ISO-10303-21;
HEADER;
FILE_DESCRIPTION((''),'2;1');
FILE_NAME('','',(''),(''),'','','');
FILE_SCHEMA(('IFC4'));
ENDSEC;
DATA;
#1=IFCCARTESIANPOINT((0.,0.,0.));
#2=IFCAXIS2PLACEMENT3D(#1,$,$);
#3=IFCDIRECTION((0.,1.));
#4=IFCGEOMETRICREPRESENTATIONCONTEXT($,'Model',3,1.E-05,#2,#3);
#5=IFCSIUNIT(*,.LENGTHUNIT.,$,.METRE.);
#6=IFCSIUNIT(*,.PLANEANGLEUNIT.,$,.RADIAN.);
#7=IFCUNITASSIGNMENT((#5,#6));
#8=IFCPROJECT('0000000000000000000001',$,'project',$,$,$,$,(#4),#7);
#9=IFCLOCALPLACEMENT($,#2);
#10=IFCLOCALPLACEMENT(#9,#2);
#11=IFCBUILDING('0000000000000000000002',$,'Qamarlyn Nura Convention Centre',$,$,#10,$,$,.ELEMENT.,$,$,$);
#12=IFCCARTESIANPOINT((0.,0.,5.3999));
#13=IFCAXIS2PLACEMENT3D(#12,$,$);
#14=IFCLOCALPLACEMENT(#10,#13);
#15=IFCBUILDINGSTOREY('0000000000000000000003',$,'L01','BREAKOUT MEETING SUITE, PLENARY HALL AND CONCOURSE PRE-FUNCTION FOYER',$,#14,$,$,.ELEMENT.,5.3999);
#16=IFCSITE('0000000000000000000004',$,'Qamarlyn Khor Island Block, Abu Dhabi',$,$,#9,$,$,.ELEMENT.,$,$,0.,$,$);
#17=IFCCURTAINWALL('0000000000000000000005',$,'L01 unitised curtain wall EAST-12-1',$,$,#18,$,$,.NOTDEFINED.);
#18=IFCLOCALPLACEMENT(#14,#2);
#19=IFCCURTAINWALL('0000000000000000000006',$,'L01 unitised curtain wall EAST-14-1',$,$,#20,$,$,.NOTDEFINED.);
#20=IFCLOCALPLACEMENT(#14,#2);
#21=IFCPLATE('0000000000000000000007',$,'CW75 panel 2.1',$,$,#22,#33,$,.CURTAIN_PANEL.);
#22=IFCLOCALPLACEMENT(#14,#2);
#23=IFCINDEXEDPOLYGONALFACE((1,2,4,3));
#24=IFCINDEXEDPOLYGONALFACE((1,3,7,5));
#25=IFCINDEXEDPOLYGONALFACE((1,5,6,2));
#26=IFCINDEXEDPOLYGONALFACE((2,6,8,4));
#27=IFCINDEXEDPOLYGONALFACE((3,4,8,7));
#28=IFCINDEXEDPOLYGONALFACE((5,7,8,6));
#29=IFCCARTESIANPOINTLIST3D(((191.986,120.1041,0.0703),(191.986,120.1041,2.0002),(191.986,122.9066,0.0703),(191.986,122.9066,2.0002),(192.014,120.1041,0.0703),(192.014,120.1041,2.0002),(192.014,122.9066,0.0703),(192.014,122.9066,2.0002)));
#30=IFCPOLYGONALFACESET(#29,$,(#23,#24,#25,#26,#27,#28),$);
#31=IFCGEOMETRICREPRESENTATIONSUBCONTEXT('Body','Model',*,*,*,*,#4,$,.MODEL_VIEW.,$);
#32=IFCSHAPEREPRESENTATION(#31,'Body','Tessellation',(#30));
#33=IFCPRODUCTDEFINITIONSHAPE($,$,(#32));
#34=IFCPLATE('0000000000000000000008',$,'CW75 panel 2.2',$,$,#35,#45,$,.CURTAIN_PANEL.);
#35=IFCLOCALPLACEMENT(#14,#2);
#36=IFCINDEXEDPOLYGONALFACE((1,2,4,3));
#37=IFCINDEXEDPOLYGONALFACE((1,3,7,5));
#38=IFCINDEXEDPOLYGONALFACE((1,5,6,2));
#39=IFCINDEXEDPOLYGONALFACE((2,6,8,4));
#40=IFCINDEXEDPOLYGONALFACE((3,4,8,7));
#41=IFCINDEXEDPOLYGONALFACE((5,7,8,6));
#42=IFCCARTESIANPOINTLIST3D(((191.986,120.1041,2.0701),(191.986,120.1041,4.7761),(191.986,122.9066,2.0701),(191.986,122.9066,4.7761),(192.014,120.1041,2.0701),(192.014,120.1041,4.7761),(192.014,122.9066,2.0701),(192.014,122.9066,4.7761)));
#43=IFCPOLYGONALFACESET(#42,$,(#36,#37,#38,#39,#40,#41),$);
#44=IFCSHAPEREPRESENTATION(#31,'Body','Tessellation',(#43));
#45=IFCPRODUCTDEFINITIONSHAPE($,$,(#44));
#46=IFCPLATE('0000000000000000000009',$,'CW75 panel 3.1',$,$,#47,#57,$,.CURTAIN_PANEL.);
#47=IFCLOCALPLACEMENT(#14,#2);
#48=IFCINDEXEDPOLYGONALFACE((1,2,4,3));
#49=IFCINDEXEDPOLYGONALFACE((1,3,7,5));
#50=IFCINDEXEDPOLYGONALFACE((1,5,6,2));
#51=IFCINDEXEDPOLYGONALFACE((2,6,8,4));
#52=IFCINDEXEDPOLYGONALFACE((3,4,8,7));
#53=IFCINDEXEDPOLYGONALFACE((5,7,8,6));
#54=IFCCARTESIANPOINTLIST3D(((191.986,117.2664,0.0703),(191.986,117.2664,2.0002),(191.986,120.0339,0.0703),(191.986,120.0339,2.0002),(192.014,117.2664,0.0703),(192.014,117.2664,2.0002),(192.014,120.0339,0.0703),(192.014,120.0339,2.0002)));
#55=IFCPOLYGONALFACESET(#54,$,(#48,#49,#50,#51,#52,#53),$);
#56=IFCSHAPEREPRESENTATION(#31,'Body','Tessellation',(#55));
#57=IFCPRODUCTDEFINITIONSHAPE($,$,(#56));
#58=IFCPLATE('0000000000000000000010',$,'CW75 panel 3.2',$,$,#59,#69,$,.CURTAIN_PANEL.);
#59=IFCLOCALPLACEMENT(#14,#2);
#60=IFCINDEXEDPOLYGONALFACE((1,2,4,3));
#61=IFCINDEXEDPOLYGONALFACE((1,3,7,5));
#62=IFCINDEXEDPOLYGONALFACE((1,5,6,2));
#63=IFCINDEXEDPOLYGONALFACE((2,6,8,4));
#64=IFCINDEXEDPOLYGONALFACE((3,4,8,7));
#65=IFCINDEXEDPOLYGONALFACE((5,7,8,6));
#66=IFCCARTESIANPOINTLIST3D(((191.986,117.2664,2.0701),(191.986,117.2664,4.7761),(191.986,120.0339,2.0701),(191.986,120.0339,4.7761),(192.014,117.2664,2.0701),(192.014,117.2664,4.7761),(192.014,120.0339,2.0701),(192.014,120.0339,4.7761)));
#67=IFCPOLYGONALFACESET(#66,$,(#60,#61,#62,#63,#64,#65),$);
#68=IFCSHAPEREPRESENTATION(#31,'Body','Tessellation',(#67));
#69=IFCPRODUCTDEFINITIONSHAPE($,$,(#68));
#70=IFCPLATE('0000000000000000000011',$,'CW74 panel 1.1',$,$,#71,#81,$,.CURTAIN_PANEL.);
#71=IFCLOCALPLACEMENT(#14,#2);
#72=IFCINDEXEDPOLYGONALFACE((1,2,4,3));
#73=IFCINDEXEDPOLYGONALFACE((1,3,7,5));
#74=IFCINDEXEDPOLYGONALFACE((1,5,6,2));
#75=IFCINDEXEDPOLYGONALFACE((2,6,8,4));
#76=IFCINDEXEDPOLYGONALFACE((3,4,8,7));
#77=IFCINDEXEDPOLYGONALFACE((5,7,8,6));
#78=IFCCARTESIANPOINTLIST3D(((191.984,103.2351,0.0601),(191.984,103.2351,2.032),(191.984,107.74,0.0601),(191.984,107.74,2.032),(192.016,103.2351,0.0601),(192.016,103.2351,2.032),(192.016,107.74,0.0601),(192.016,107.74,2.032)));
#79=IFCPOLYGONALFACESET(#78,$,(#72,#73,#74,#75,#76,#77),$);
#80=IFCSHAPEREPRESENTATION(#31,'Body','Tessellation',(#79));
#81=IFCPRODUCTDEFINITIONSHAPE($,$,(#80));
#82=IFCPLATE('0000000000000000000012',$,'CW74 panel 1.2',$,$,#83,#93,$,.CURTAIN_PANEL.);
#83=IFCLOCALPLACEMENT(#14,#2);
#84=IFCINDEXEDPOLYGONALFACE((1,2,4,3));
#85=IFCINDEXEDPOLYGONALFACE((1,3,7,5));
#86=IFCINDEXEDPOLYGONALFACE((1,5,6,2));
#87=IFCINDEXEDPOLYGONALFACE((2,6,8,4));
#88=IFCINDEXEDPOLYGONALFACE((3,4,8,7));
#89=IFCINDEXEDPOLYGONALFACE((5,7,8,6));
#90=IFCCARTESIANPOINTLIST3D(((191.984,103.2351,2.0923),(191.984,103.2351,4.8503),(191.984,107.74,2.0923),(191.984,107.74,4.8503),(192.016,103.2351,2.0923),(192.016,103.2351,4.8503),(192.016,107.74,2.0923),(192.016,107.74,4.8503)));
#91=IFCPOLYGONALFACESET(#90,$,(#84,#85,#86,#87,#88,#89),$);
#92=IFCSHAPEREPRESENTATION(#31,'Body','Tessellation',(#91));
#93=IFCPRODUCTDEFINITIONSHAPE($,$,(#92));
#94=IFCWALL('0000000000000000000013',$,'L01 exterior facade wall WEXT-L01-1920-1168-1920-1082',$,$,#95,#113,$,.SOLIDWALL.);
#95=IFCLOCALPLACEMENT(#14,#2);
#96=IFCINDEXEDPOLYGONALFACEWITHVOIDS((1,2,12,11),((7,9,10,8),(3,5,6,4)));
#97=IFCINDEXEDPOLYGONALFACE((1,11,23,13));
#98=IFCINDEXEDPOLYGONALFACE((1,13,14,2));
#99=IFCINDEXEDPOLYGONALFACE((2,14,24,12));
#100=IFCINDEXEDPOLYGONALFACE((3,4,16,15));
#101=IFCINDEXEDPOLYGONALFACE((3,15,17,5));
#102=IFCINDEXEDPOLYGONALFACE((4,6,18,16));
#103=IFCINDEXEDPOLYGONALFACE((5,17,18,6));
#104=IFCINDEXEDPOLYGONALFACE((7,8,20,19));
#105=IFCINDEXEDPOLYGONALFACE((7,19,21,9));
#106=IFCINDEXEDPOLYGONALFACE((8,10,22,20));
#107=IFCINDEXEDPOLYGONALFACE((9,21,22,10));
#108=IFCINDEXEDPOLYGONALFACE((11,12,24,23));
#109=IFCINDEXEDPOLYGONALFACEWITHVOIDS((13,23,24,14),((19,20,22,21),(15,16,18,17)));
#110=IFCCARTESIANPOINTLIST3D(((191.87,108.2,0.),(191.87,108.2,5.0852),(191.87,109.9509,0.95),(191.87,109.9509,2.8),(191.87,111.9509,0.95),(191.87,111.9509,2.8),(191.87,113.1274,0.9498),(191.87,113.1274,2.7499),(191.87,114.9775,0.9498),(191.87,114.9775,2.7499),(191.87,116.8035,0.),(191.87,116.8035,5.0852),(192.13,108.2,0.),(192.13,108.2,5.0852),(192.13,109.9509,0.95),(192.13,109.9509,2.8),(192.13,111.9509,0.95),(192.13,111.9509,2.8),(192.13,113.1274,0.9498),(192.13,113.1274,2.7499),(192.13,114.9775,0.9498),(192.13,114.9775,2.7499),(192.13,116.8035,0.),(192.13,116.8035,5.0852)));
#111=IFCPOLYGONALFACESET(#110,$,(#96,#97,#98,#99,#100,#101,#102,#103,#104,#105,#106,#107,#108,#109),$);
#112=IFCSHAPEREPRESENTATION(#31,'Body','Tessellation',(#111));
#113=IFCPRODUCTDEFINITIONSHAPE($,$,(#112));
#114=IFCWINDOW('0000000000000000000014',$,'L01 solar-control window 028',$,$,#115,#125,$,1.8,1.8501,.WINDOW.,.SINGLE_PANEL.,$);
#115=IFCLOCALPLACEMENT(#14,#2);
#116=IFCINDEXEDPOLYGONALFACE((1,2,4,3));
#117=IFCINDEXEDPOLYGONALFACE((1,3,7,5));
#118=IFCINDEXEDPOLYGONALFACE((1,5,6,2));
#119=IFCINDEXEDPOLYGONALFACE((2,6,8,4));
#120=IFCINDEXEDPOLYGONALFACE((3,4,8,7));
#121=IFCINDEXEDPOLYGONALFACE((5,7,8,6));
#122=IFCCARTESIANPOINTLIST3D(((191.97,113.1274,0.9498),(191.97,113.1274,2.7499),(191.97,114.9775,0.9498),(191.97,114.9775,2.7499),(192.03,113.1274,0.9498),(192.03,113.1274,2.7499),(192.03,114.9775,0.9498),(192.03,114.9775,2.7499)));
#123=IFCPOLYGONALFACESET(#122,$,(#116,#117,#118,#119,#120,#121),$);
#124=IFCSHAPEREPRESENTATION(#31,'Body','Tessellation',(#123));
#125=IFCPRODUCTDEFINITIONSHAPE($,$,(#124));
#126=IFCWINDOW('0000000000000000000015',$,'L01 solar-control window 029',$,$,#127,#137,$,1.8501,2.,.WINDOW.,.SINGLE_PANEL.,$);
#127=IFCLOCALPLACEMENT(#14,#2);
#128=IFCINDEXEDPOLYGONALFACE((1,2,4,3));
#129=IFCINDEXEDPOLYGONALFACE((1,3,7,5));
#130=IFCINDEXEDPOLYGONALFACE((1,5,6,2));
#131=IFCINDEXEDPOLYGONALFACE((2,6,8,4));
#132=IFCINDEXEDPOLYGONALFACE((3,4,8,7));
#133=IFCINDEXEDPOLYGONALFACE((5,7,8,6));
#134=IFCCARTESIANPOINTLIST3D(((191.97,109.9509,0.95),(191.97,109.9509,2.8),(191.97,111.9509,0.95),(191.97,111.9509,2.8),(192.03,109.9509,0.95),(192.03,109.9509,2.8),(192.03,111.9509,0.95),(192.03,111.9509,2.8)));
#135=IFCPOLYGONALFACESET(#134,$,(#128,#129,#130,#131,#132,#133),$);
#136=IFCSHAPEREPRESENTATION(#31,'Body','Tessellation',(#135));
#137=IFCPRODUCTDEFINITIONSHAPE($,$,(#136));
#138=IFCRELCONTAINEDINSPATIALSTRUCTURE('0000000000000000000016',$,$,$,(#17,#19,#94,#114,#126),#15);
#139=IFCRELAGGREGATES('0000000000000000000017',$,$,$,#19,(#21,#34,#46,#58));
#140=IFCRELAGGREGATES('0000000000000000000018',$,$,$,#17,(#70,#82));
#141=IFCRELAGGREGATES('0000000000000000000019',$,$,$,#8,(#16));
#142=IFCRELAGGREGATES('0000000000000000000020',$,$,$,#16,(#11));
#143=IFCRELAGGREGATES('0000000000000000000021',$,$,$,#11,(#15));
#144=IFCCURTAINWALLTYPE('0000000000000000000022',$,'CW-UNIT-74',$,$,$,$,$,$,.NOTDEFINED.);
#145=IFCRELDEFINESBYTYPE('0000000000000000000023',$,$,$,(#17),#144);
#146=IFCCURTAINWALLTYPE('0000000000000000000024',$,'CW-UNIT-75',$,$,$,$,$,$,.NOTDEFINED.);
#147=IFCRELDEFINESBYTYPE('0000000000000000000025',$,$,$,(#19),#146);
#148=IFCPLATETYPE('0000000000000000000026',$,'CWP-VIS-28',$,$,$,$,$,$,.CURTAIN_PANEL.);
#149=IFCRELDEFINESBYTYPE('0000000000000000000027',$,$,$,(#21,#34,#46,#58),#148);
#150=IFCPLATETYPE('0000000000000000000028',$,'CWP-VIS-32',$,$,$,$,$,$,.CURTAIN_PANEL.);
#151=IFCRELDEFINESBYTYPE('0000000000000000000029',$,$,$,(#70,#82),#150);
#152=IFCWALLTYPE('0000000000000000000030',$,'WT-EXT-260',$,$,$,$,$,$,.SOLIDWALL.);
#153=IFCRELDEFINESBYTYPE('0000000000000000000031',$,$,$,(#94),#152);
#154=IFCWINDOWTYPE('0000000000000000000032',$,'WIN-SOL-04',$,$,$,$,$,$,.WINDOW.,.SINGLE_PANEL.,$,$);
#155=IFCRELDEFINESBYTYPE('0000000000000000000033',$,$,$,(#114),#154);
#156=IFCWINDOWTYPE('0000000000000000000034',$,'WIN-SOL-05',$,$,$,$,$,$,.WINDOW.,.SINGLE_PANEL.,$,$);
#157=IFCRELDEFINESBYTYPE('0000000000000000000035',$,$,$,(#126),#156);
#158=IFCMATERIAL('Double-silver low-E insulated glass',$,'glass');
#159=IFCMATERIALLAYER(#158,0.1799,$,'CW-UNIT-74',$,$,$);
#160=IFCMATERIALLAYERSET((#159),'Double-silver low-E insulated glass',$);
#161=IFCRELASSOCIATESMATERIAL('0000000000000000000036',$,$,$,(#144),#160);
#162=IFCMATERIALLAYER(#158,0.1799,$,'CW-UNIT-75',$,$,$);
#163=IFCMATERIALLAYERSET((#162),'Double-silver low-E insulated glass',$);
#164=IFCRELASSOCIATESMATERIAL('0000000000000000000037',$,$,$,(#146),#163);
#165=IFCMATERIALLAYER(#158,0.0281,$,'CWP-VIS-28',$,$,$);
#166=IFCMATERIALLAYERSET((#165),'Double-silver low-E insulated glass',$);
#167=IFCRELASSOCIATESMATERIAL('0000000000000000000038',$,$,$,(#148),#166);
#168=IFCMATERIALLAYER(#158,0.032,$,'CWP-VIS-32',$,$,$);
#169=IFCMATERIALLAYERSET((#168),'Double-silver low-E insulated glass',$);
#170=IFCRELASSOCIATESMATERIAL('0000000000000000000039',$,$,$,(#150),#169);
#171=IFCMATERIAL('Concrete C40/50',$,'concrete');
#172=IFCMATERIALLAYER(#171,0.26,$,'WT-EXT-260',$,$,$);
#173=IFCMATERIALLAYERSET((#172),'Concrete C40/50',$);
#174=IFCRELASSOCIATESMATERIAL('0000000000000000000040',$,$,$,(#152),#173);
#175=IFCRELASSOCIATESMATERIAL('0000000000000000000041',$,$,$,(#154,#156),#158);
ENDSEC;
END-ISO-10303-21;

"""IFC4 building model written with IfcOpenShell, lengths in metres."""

from ifc_helpers import new_model, si_unit, direction, frame, frame_2d, origin, origin_2d, place, context, subcontext, project, spatial, rectangle, extrude, material, layer, layer_set, type_object, element, fill, aggregate, save


model = new_model("IFC4")

# Units and contexts
model_context = context("Model", 3, precision=1e-05, world=origin(), true_north=direction((0.0, 1.0)))
body_context = subcontext(model_context, "Body", "Model", "MODEL_VIEW")
ifc_project = project(units=[si_unit("LENGTHUNIT", "METRE"), si_unit("PLANEANGLEUNIT", "RADIAN")], contexts=[model_context])

# Site, building, storey
site_placement = place(None, origin())
site = spatial("IfcSite", under=ifc_project, at=site_placement, Name="Qamarlyn Khor Island Block, Abu Dhabi", CompositionType="ELEMENT", RefElevation=0.0)
building_placement = place(site_placement, origin())
building = spatial("IfcBuilding", under=site, at=building_placement, Name="Qamarlyn Nura Convention Centre", CompositionType="ELEMENT")
storey_placement = place(building_placement, frame((0.0, 0.0, 5.3999)))
storey = spatial("IfcBuildingStorey", under=building, at=storey_placement, Name="L01", Description="BREAKOUT MEETING SUITE, PLENARY HALL AND CONCOURSE PRE-FUNCTION FOYER", CompositionType="ELEMENT", Elevation=5.3999)

# Curtain wall
ifc_material_1 = material(Name="Double-silver low-E insulated glass", Category="glass")
ifc_layer_1 = layer(ifc_material_1, 0.1799, Name="CW-UNIT-74")
ifc_layer_set_1 = layer_set([ifc_layer_1], Name="Double-silver low-E insulated glass")
curtain_wall_type_1 = type_object("IfcCurtainWallType", Name="CW-UNIT-74", PredefinedType="NOTDEFINED", material=ifc_layer_set_1)
curtain_wall_1_placement = place(storey_placement, origin())
curtain_wall_1 = element("IfcCurtainWall", 1, at=curtain_wall_1_placement, inside=storey, type_object=curtain_wall_type_1, Name="L01 unitised curtain wall EAST-12-1", PredefinedType="NOTDEFINED")

# Curtain wall
ifc_layer_2 = layer(ifc_material_1, 0.1799, Name="CW-UNIT-75")
ifc_layer_set_2 = layer_set([ifc_layer_2], Name="Double-silver low-E insulated glass")
curtain_wall_type_2 = type_object("IfcCurtainWallType", Name="CW-UNIT-75", PredefinedType="NOTDEFINED", material=ifc_layer_set_2)
curtain_wall_2_placement = place(storey_placement, origin())
curtain_wall_2 = element("IfcCurtainWall", 2, at=curtain_wall_2_placement, inside=storey, type_object=curtain_wall_type_2, Name="L01 unitised curtain wall EAST-14-1", PredefinedType="NOTDEFINED")

# Plates
ifc_layer_3 = layer(ifc_material_1, 0.0281, Name="CWP-VIS-28")
ifc_layer_set_3 = layer_set([ifc_layer_3], Name="Double-silver low-E insulated glass")
plate_type_1 = type_object("IfcPlateType", Name="CWP-VIS-28", PredefinedType="CURTAIN_PANEL", material=ifc_layer_set_3)
plate_1_placement = place(storey_placement, frame((192.0, 121.5054, 0.0703), z_axis=(0.0, 0.0, 1.0), x_axis=(0.0, -1.0, 0.0)))
plate_1 = element("IfcPlate", 3, at=plate_1_placement, type_object=plate_type_1, Name="CW75 panel 2.1", PredefinedType="CURTAIN_PANEL", context=body_context, shape_type="SweptSolid", body=[
    extrude(rectangle(XDim=2.8025, YDim=0.0281, at=origin_2d()), origin(), (0.0, 0.0, 1.0), 1.9299),
])
plate_2_placement = place(storey_placement, frame((192.0, 121.5054, 2.0701), z_axis=(0.0, 0.0, 1.0), x_axis=(0.0, -1.0, 0.0)))
plate_2 = element("IfcPlate", 4, at=plate_2_placement, type_object=plate_type_1, Name="CW75 panel 2.2", PredefinedType="CURTAIN_PANEL", context=body_context, shape_type="SweptSolid", body=[
    extrude(rectangle(XDim=2.8025, YDim=0.0281, at=origin_2d()), origin(), (0.0, 0.0, 1.0), 2.7061),
])
plate_3_placement = place(storey_placement, frame((192.0, 118.6501, 0.0703), z_axis=(0.0, 0.0, 1.0), x_axis=(0.0, -1.0, 0.0)))
plate_3 = element("IfcPlate", 5, at=plate_3_placement, type_object=plate_type_1, Name="CW75 panel 3.1", PredefinedType="CURTAIN_PANEL", context=body_context, shape_type="SweptSolid", body=[
    extrude(rectangle(XDim=2.7676, YDim=0.0281, at=origin_2d()), origin(), (0.0, 0.0, 1.0), 1.9299),
])
plate_4_placement = place(storey_placement, frame((192.0, 118.6501, 2.0701), z_axis=(0.0, 0.0, 1.0), x_axis=(0.0, -1.0, 0.0)))
plate_4 = element("IfcPlate", 6, at=plate_4_placement, type_object=plate_type_1, Name="CW75 panel 3.2", PredefinedType="CURTAIN_PANEL", context=body_context, shape_type="SweptSolid", body=[
    extrude(rectangle(XDim=2.7676, YDim=0.0281, at=origin_2d()), origin(), (0.0, 0.0, 1.0), 2.7061),
])
aggregate(curtain_wall_2, [plate_1, plate_2, plate_3, plate_4])
ifc_layer_4 = layer(ifc_material_1, 0.032, Name="CWP-VIS-32")
ifc_layer_set_4 = layer_set([ifc_layer_4], Name="Double-silver low-E insulated glass")
plate_type_2 = type_object("IfcPlateType", Name="CWP-VIS-32", PredefinedType="CURTAIN_PANEL", material=ifc_layer_set_4)
plate_5_placement = place(storey_placement, frame((192.0, 105.4875, 0.0601), z_axis=(0.0, 0.0, 1.0), x_axis=(0.0, -1.0, 0.0)))
plate_5 = element("IfcPlate", 7, at=plate_5_placement, type_object=plate_type_2, Name="CW74 panel 1.1", PredefinedType="CURTAIN_PANEL", context=body_context, shape_type="SweptSolid", body=[
    extrude(rectangle(XDim=4.5049, YDim=0.032, at=origin_2d()), origin(), (0.0, 0.0, 1.0), 1.9719),
])
plate_6_placement = place(storey_placement, frame((192.0, 105.4875, 2.0923), z_axis=(0.0, 0.0, 1.0), x_axis=(0.0, -1.0, 0.0)))
plate_6 = element("IfcPlate", 8, at=plate_6_placement, type_object=plate_type_2, Name="CW74 panel 1.2", PredefinedType="CURTAIN_PANEL", context=body_context, shape_type="SweptSolid", body=[
    extrude(rectangle(XDim=4.5049, YDim=0.032, at=origin_2d()), origin(), (0.0, 0.0, 1.0), 2.7581),
])
aggregate(curtain_wall_1, [plate_5, plate_6])

# Wall, openings, windows
ifc_material_2 = material(Name="Concrete C40/50", Category="concrete")
ifc_layer_5 = layer(ifc_material_2, 0.26, Name="WT-EXT-260")
ifc_layer_set_5 = layer_set([ifc_layer_5], Name="Concrete C40/50")
wall_type = type_object("IfcWallType", Name="WT-EXT-260", PredefinedType="SOLIDWALL", material=ifc_layer_set_5)
wall_placement = place(storey_placement, frame((192.0, 116.8035, 0.0), z_axis=(0.0, 0.0, 1.0), x_axis=(0.0, -1.0, 0.0)))
wall = element("IfcWall", 9, at=wall_placement, inside=storey, type_object=wall_type, Name="L01 exterior facade wall WEXT-L01-1920-1168-1920-1082", PredefinedType="SOLIDWALL", context=body_context, shape_type="SweptSolid", body=[
    extrude(rectangle(XDim=8.6035, YDim=0.26, at=frame_2d((4.3018, 0.0))), origin(), (0.0, 0.0, 1.0), 5.0852),
])
opening_1_placement = place(wall_placement, frame((1.8259, 0.0, 0.95)))
opening_1 = element("IfcOpeningElement", 10, at=opening_1_placement, cuts=wall, PredefinedType="OPENING", context=body_context, shape_type="SweptSolid", body=[
    extrude(rectangle(XDim=1.8501, YDim=1.8, at=frame_2d((0.925, 0.8999))), frame((0.0, 0.1401, 0.0), z_axis=(0.0, -1.0, 0.0), x_axis=(1.0, 0.0, 0.0)), (0.0, 0.0, 1.0), 0.28),
])
opening_2_placement = place(wall_placement, frame((4.8525, 0.0, 0.95)))
opening_2 = element("IfcOpeningElement", 11, at=opening_2_placement, cuts=wall, PredefinedType="OPENING", context=body_context, shape_type="SweptSolid", body=[
    extrude(rectangle(XDim=2.0, YDim=1.8501, at=frame_2d((1.0, 0.925))), frame((0.0, 0.1401, 0.0), z_axis=(0.0, -1.0, 0.0), x_axis=(1.0, 0.0, 0.0)), (0.0, 0.0, 1.0), 0.28),
])
window_type_1 = type_object("IfcWindowType", Name="WIN-SOL-04", PartitioningType="SINGLE_PANEL", PredefinedType="WINDOW", material=ifc_material_1)
window_1_placement = place(opening_1_placement, origin())
window_1 = element("IfcWindow", 12, at=window_1_placement, inside=storey, type_object=window_type_1, Name="L01 solar-control window 028", OverallHeight=1.8, OverallWidth=1.8501, PartitioningType="SINGLE_PANEL", PredefinedType="WINDOW", context=body_context, shape_type="SweptSolid", body=[
    extrude(rectangle(XDim=1.8501, YDim=1.8, at=frame_2d((0.925, 0.8999))), frame((0.0, 0.03, 0.0), z_axis=(0.0, -1.0, 0.0), x_axis=(1.0, 0.0, 0.0)), (0.0, 0.0, 1.0), 0.0601),
])
fill(opening_1, window_1)
window_type_2 = type_object("IfcWindowType", Name="WIN-SOL-05", PartitioningType="SINGLE_PANEL", PredefinedType="WINDOW", material=ifc_material_1)
window_2_placement = place(opening_2_placement, origin())
window_2 = element("IfcWindow", 13, at=window_2_placement, inside=storey, type_object=window_type_2, Name="L01 solar-control window 029", OverallHeight=1.8501, OverallWidth=2.0, PartitioningType="SINGLE_PANEL", PredefinedType="WINDOW", context=body_context, shape_type="SweptSolid", body=[
    extrude(rectangle(XDim=2.0, YDim=1.8501, at=frame_2d((1.0, 0.925))), frame((0.0, 0.03, 0.0), z_axis=(0.0, -1.0, 0.0), x_axis=(1.0, 0.0, 0.0)), (0.0, 0.0, 1.0), 0.0601),
])
fill(opening_2, window_2)

save(model, "model.ifc")
